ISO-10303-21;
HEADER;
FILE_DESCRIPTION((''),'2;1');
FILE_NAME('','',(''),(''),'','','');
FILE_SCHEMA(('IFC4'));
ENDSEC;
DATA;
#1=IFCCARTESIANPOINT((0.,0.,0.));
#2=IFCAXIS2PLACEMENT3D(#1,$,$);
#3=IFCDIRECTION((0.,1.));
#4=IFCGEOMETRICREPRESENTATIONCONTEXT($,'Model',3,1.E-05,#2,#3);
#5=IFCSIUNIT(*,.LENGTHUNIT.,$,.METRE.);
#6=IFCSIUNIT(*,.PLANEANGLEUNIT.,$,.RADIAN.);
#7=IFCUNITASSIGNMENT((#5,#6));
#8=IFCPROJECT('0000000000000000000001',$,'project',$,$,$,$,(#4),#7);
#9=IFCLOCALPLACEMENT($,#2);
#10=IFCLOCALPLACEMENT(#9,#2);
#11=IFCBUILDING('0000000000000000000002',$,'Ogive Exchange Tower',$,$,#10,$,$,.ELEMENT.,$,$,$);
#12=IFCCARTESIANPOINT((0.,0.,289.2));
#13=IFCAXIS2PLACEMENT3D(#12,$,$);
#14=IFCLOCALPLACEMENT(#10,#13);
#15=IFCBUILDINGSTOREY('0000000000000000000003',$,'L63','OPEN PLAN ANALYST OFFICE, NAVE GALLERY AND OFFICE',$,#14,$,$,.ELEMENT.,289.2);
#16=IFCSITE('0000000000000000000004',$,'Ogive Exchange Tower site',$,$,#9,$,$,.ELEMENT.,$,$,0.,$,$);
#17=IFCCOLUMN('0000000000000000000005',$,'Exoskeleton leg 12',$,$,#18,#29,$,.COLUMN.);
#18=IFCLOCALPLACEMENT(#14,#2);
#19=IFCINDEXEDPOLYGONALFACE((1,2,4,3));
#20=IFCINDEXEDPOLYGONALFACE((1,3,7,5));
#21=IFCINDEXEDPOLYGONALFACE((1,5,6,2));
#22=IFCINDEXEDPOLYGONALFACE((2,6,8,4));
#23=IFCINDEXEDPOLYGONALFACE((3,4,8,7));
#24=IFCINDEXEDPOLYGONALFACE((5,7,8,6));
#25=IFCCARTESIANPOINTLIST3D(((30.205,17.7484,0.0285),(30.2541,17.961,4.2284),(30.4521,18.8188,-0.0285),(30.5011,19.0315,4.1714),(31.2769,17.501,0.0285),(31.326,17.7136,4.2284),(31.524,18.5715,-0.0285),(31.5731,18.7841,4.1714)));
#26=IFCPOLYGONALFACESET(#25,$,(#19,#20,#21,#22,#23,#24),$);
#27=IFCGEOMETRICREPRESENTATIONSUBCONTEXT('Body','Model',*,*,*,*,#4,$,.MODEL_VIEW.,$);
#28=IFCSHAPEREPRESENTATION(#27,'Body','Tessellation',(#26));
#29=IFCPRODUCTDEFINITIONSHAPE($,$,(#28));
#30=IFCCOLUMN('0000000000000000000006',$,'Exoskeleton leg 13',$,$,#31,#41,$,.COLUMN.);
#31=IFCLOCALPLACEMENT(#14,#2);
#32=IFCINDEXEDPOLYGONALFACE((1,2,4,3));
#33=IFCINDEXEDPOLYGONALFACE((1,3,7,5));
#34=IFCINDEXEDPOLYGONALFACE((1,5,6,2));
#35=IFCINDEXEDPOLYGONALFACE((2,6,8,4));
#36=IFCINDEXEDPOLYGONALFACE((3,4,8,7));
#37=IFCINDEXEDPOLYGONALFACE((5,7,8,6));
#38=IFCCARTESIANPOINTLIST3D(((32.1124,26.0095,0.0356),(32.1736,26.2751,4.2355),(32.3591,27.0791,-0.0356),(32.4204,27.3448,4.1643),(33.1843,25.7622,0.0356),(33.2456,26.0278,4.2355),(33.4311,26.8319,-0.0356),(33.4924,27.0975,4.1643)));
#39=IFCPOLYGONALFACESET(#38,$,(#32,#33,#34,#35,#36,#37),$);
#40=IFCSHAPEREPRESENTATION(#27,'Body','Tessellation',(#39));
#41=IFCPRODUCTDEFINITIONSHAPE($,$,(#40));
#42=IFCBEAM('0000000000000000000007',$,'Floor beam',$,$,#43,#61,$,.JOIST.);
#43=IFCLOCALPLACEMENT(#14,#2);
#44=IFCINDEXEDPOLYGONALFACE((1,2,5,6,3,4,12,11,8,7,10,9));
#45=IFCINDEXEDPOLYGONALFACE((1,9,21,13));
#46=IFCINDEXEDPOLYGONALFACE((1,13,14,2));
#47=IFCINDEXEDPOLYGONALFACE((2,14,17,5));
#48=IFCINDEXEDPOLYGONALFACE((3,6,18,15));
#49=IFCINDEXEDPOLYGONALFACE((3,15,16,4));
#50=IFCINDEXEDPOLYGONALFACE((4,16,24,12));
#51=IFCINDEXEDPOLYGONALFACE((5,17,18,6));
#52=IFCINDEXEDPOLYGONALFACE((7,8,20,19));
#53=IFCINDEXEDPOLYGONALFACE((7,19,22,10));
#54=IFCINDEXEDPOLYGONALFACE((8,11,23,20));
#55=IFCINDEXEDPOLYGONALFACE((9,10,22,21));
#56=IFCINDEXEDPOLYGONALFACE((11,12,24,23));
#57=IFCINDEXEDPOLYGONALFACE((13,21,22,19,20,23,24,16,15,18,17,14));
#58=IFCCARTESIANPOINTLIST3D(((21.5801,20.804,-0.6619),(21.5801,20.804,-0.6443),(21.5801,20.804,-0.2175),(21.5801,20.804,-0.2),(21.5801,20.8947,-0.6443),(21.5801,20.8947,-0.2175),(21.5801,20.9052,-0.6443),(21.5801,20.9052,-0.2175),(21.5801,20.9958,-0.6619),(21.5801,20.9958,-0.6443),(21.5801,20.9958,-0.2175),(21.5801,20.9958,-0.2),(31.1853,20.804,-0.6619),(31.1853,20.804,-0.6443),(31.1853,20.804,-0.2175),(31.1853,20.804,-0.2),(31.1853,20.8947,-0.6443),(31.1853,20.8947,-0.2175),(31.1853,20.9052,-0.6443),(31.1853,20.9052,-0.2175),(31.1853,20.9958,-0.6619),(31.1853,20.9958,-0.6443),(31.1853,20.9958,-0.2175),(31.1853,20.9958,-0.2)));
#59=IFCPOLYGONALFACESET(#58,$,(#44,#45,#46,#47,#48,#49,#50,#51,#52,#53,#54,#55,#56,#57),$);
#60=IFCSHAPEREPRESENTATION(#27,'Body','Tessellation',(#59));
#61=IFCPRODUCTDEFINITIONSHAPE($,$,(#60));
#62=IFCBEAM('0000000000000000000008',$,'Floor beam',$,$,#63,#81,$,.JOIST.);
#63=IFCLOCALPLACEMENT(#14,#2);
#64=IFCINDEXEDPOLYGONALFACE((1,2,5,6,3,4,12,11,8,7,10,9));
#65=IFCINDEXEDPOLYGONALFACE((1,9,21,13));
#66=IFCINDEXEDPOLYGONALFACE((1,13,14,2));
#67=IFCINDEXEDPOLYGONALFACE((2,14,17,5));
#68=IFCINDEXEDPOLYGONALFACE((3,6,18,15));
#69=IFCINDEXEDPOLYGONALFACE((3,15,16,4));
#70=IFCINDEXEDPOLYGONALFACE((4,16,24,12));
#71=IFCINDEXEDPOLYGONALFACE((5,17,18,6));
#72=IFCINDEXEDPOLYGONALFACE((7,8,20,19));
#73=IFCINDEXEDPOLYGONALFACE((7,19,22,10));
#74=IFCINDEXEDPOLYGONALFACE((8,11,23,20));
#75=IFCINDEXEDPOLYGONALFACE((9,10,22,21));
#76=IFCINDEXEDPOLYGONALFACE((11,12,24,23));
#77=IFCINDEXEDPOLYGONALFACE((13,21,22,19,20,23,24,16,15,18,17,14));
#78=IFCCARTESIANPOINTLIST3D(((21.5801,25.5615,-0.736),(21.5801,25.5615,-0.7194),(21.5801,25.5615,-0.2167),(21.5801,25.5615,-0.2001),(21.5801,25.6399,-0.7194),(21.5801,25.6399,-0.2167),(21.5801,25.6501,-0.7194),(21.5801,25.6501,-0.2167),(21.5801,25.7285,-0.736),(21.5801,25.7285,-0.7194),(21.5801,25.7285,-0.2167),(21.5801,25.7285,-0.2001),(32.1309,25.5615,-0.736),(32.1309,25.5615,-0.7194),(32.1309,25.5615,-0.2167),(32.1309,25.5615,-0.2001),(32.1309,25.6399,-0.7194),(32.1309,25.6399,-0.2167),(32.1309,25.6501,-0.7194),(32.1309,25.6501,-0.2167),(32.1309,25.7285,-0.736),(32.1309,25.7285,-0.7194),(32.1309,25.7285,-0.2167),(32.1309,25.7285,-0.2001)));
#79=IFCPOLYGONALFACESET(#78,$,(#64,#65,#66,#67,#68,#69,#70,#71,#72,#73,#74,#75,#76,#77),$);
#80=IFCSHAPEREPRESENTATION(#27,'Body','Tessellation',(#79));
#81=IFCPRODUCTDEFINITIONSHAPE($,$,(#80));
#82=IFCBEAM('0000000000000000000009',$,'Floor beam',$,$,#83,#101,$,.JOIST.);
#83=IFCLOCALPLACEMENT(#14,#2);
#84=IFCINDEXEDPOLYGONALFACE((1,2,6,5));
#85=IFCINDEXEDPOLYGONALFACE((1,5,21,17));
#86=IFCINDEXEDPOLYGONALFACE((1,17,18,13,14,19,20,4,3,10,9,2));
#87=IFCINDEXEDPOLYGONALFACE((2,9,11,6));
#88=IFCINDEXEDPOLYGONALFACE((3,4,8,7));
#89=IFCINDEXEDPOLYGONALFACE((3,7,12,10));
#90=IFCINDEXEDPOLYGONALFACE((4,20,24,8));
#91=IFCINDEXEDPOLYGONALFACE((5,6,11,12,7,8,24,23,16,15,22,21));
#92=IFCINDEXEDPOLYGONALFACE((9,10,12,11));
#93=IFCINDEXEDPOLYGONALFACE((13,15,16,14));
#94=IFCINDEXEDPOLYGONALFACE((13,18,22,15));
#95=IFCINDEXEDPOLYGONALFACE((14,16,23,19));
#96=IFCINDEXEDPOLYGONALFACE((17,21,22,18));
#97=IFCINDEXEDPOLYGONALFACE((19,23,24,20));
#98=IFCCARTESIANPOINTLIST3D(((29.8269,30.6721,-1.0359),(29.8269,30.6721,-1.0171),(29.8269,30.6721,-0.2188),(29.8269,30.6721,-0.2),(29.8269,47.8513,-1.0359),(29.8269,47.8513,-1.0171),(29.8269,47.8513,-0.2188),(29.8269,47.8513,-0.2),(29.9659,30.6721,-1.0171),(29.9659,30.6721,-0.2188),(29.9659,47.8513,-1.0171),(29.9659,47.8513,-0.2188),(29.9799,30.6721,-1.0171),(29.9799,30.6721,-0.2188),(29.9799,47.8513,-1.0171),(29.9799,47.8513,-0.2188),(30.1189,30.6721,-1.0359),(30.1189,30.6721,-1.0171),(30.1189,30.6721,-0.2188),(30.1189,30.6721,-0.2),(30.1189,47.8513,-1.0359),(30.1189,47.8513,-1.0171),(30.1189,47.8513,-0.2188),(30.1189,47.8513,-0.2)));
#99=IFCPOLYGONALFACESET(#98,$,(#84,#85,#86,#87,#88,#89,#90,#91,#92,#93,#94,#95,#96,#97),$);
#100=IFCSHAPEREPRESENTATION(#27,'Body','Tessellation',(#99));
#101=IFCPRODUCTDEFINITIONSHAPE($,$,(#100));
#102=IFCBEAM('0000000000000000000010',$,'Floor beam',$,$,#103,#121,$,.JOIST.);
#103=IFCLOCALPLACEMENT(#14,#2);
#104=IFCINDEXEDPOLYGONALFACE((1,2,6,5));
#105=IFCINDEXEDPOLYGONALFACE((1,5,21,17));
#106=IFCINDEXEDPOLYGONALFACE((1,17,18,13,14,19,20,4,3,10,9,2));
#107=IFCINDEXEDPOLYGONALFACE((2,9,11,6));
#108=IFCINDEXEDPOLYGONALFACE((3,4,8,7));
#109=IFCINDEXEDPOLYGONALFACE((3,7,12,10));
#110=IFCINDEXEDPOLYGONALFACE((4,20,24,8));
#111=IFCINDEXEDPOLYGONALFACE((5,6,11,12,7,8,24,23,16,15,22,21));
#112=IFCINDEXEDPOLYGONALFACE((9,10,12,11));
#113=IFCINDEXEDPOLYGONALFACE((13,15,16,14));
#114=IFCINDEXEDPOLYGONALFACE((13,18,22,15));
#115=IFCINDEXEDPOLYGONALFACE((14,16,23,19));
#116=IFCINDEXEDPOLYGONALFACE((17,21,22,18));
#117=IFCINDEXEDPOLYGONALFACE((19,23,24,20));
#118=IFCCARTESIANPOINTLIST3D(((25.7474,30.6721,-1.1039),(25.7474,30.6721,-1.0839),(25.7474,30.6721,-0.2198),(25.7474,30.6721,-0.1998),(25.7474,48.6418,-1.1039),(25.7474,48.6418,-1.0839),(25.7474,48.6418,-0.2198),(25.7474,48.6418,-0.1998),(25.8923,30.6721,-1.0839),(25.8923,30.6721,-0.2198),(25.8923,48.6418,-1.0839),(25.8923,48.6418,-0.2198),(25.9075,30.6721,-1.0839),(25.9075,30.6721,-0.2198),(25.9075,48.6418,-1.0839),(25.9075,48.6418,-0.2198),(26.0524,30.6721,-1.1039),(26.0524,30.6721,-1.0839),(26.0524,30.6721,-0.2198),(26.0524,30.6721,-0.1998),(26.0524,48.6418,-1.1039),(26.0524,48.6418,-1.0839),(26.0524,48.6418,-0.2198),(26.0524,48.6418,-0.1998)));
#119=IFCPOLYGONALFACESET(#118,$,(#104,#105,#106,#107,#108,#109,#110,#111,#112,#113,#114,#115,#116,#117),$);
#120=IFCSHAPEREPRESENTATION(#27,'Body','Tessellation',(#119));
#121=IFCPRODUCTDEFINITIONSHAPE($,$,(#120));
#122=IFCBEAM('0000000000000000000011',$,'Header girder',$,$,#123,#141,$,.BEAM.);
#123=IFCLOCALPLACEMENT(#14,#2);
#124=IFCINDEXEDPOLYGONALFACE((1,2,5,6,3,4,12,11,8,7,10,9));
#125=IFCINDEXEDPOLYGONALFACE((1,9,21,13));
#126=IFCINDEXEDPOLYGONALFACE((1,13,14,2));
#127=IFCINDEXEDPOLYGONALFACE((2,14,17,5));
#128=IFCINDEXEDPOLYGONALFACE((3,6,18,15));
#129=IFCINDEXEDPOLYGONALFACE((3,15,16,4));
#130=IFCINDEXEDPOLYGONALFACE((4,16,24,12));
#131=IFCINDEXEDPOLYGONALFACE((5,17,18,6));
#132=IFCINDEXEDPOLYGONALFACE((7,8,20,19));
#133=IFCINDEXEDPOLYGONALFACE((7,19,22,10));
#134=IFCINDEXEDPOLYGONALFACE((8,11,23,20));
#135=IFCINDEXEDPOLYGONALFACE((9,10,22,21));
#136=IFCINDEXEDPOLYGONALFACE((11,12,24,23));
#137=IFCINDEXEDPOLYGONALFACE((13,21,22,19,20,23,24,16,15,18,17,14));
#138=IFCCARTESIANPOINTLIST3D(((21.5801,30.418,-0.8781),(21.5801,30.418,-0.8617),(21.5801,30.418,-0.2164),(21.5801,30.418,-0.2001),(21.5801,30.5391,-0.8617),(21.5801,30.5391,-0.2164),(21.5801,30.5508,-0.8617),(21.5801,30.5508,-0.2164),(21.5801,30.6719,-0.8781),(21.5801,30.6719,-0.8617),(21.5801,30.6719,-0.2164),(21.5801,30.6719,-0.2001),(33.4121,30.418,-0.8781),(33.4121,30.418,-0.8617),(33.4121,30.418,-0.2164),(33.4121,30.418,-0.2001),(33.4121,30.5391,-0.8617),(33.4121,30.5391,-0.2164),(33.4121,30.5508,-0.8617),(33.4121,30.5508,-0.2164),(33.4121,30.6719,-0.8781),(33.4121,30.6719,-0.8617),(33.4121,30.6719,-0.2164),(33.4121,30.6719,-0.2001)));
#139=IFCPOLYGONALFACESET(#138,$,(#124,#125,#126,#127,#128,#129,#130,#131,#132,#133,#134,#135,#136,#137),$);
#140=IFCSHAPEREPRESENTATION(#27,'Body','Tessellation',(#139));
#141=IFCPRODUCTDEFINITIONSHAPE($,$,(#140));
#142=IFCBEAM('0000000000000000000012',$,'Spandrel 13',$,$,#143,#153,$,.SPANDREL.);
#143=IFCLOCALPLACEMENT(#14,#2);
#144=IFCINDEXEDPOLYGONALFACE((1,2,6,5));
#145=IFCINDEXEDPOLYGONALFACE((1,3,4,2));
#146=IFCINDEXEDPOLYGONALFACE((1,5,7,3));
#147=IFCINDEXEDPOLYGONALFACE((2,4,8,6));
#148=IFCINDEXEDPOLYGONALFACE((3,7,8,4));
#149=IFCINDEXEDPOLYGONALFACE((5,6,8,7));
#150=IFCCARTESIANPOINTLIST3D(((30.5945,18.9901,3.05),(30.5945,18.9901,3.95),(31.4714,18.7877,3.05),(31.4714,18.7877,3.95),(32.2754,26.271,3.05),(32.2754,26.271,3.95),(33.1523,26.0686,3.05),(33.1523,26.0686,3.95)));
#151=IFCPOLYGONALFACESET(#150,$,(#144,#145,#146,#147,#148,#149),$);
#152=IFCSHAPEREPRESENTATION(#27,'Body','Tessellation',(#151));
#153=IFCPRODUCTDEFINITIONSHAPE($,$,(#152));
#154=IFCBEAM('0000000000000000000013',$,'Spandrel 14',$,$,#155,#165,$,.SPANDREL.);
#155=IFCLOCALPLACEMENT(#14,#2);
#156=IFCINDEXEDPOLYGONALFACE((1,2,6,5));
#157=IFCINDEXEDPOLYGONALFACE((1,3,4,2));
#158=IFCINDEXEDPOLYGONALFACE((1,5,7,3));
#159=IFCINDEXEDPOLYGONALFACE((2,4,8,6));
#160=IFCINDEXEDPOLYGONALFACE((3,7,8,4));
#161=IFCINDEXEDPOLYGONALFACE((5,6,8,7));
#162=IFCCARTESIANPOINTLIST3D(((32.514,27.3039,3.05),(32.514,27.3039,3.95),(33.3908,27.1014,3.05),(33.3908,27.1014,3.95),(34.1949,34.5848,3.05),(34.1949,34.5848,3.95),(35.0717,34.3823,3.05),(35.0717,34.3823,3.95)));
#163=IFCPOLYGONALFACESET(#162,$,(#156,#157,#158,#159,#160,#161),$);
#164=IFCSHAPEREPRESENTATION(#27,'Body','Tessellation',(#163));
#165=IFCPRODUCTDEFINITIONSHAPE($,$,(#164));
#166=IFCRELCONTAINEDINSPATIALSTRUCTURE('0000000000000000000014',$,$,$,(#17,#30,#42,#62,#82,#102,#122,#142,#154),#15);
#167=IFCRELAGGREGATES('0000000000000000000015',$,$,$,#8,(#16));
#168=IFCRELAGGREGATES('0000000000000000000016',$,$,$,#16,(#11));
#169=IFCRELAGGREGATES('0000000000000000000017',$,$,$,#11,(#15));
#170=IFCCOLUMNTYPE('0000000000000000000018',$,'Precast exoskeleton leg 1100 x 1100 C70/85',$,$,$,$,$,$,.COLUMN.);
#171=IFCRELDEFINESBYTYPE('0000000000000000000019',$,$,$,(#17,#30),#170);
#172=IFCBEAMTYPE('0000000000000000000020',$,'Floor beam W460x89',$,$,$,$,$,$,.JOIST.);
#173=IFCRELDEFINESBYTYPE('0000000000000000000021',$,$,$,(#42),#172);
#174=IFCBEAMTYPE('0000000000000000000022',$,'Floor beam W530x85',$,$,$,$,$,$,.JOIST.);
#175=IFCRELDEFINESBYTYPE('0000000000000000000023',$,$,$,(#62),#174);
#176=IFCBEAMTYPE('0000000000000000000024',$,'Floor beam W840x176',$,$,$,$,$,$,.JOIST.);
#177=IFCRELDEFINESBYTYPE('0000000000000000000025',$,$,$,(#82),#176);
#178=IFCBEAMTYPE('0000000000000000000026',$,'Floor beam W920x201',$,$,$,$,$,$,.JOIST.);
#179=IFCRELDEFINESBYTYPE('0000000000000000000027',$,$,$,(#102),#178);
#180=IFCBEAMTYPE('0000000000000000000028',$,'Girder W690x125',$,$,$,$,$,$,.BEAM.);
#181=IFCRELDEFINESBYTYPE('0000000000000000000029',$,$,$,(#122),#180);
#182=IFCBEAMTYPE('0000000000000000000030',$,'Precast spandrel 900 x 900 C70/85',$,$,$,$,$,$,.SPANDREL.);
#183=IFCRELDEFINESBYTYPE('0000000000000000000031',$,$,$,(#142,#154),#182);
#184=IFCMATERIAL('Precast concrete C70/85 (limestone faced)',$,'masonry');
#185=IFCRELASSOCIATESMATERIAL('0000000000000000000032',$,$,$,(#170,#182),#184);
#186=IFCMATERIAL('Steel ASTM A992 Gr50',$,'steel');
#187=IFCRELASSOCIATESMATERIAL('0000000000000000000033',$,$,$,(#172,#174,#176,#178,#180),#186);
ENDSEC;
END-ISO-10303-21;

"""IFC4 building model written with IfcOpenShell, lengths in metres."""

from ifc_helpers import new_model, si_unit, direction, frame, origin, origin_2d, place, context, subcontext, project, spatial, rectangle, i_section, extrude, material, material_profile, profile_set, type_object, element, save


model = new_model("IFC4")

# Units and contexts
model_context = context("Model", 3, precision=1e-05, world=origin(), true_north=direction((0.0, 1.0)))
body_context = subcontext(model_context, "Body", "Model", "MODEL_VIEW")
ifc_project = project(units=[si_unit("LENGTHUNIT", "METRE"), si_unit("PLANEANGLEUNIT", "RADIAN")], contexts=[model_context])

# Site, building, storey
site_placement = place(None, origin())
site = spatial("IfcSite", under=ifc_project, at=site_placement, Name="Ogive Exchange Tower site", CompositionType="ELEMENT", RefElevation=0.0)
building_placement = place(site_placement, origin())
building = spatial("IfcBuilding", under=site, at=building_placement, Name="Ogive Exchange Tower", CompositionType="ELEMENT")
storey_placement = place(building_placement, frame((0.0, 0.0, 289.2)))
storey = spatial("IfcBuildingStorey", under=building, at=storey_placement, Name="L63", Description="OPEN PLAN ANALYST OFFICE, NAVE GALLERY AND OFFICE", CompositionType="ELEMENT", Elevation=289.2)

# Columns
ifc_material_1 = material(Name="Precast concrete C70/85 (limestone faced)", Category="masonry")
ifc_material_profile_1 = material_profile(ifc_material_1, rectangle(XDim=1.1001, YDim=1.1001, at=origin_2d()), Name="1100 x 1100")
ifc_profile_set_1 = profile_set([ifc_material_profile_1], Name="Precast concrete C70/85 (limestone faced)")
column_type = type_object("IfcColumnType", Name="Precast exoskeleton leg 1100 x 1100 C70/85", PredefinedType="COLUMN", material=ifc_profile_set_1)
column_1_placement = place(storey_placement, frame((30.8645, 18.1599, 0.0), z_axis=(0.011668, 0.050562, 0.998653), x_axis=(-0.974391, 0.22486, 0.0)))
element("IfcColumn", 1, at=column_1_placement, inside=storey, type_object=column_type, Name="Exoskeleton leg 12", PredefinedType="COLUMN", context=body_context, shape_type="SweptSolid", body=[
    extrude(rectangle(XDim=1.1001, YDim=1.1001, at=origin_2d()), origin(), (0.0, 0.0, 1.0), 4.2056),
])
column_2_placement = place(storey_placement, frame((32.7717, 26.4207, 0.0), z_axis=(0.01456, 0.063112, 0.9979), x_axis=(-0.974406, 0.224794, 0.0)))
element("IfcColumn", 2, at=column_2_placement, inside=storey, type_object=column_type, Name="Exoskeleton leg 13", PredefinedType="COLUMN", context=body_context, shape_type="SweptSolid", body=[
    extrude(rectangle(XDim=1.1001, YDim=1.1001, at=origin_2d()), origin(), (0.0, 0.0, 1.0), 4.2087),
])

# Beams
ifc_material_2 = material(Name="Steel ASTM A992 Gr50", Category="steel")
ifc_material_profile_2 = material_profile(ifc_material_2, i_section(OverallWidth=0.1919, OverallDepth=0.4619, WebThickness=0.0105, FlangeThickness=0.0176, at=origin_2d()), Name="W460x89")
ifc_profile_set_2 = profile_set([ifc_material_profile_2], Name="Steel ASTM A992 Gr50")
beam_type_1 = type_object("IfcBeamType", Name="Floor beam W460x89", PredefinedType="JOIST", material=ifc_profile_set_2)
beam_1_placement = place(storey_placement, frame((21.5801, 20.8999, -0.4309), z_axis=(1.0, 0.0, 0.0), x_axis=(0.0, 1.0, 0.0)))
element("IfcBeam", 3, at=beam_1_placement, inside=storey, type_object=beam_type_1, Name="Floor beam", PredefinedType="JOIST", context=body_context, shape_type="SweptSolid", body=[
    extrude(i_section(OverallWidth=0.1919, OverallDepth=0.4619, WebThickness=0.0105, FlangeThickness=0.0176, at=origin_2d()), origin(), (0.0, 0.0, 1.0), 9.6052),
])
ifc_material_profile_3 = material_profile(ifc_material_2, i_section(OverallWidth=0.167, OverallDepth=0.5359, WebThickness=0.0103, FlangeThickness=0.0166, at=origin_2d()), Name="W530x85")
ifc_profile_set_3 = profile_set([ifc_material_profile_3], Name="Steel ASTM A992 Gr50")
beam_type_2 = type_object("IfcBeamType", Name="Floor beam W530x85", PredefinedType="JOIST", material=ifc_profile_set_3)
beam_2_placement = place(storey_placement, frame((21.5801, 25.645, -0.468), z_axis=(1.0, 0.0, 0.0), x_axis=(0.0, 1.0, 0.0)))
element("IfcBeam", 4, at=beam_2_placement, inside=storey, type_object=beam_type_2, Name="Floor beam", PredefinedType="JOIST", context=body_context, shape_type="SweptSolid", body=[
    extrude(i_section(OverallWidth=0.167, OverallDepth=0.5359, WebThickness=0.0103, FlangeThickness=0.0166, at=origin_2d()), origin(), (0.0, 0.0, 1.0), 10.5508),
])
ifc_material_profile_4 = material_profile(ifc_material_2, i_section(OverallWidth=0.292, OverallDepth=0.8359, WebThickness=0.0139, FlangeThickness=0.0188, at=origin_2d()), Name="W840x176")
ifc_profile_set_4 = profile_set([ifc_material_profile_4], Name="Steel ASTM A992 Gr50")
beam_type_3 = type_object("IfcBeamType", Name="Floor beam W840x176", PredefinedType="JOIST", material=ifc_profile_set_4)
beam_3_placement = place(storey_placement, frame((29.9729, 30.6721, -0.6179), z_axis=(0.0, 1.0, 0.0), x_axis=(-1.0, 0.0, 0.0)))
element("IfcBeam", 5, at=beam_3_placement, inside=storey, type_object=beam_type_3, Name="Floor beam", PredefinedType="JOIST", context=body_context, shape_type="SweptSolid", body=[
    extrude(i_section(OverallWidth=0.292, OverallDepth=0.8359, WebThickness=0.0139, FlangeThickness=0.0188, at=origin_2d()), origin(), (0.0, 0.0, 1.0), 17.1792),
])
ifc_material_profile_5 = material_profile(ifc_material_2, i_section(OverallWidth=0.3049, OverallDepth=0.9041, WebThickness=0.0151, FlangeThickness=0.02, at=origin_2d()), Name="W920x201")
ifc_profile_set_5 = profile_set([ifc_material_profile_5], Name="Steel ASTM A992 Gr50")
beam_type_4 = type_object("IfcBeamType", Name="Floor beam W920x201", PredefinedType="JOIST", material=ifc_profile_set_5)
beam_4_placement = place(storey_placement, frame((25.8999, 30.6721, -0.6519), z_axis=(0.0, 1.0, 0.0), x_axis=(-1.0, 0.0, 0.0)))
element("IfcBeam", 6, at=beam_4_placement, inside=storey, type_object=beam_type_4, Name="Floor beam", PredefinedType="JOIST", context=body_context, shape_type="SweptSolid", body=[
    extrude(i_section(OverallWidth=0.3049, OverallDepth=0.9041, WebThickness=0.0151, FlangeThickness=0.02, at=origin_2d()), origin(), (0.0, 0.0, 1.0), 17.9697),
])
ifc_material_profile_6 = material_profile(ifc_material_2, i_section(OverallWidth=0.2539, OverallDepth=0.678, WebThickness=0.0117, FlangeThickness=0.0164, at=origin_2d()), Name="W690x125")
ifc_profile_set_6 = profile_set([ifc_material_profile_6], Name="Steel ASTM A992 Gr50")
beam_type_5 = type_object("IfcBeamType", Name="Girder W690x125", PredefinedType="BEAM", material=ifc_profile_set_6)
beam_5_placement = place(storey_placement, frame((21.5801, 30.5449, -0.5391), z_axis=(1.0, 0.0, 0.0), x_axis=(0.0, 1.0, 0.0)))
element("IfcBeam", 7, at=beam_5_placement, inside=storey, type_object=beam_type_5, Name="Header girder", PredefinedType="BEAM", context=body_context, shape_type="SweptSolid", body=[
    extrude(i_section(OverallWidth=0.2539, OverallDepth=0.678, WebThickness=0.0117, FlangeThickness=0.0164, at=origin_2d()), origin(), (0.0, 0.0, 1.0), 11.832),
])
ifc_material_profile_7 = material_profile(ifc_material_1, rectangle(XDim=0.8999, YDim=0.8999, at=origin_2d()), Name="900 x 900")
ifc_profile_set_7 = profile_set([ifc_material_profile_7], Name="Precast concrete C70/85 (limestone faced)")
beam_type_6 = type_object("IfcBeamType", Name="Precast spandrel 900 x 900 C70/85", PredefinedType="SPANDREL", material=ifc_profile_set_7)
for number, where, z_axis, x_axis, name in (
    (8, (31.033, 18.8889, 3.5), (0.224945, 0.974371, 0.0), (-0.974371, 0.224945, 0.0), "Spandrel 13"),
    (9, (32.9524, 27.2026, 3.5), (0.224945, 0.974371, 0.0), (-0.974371, 0.224945, 0.0), "Spandrel 14"),
):
    element("IfcBeam", number, at=place(storey_placement, frame(where, z_axis=z_axis, x_axis=x_axis)), inside=storey, type_object=beam_type_6, Name=name, PredefinedType="SPANDREL", context=body_context, shape_type="SweptSolid", body=[
        extrude(rectangle(XDim=0.8999, YDim=0.8999, at=origin_2d()), origin(), (0.0, 0.0, 1.0), 7.4724),
    ])

save(model, "model.ifc")
